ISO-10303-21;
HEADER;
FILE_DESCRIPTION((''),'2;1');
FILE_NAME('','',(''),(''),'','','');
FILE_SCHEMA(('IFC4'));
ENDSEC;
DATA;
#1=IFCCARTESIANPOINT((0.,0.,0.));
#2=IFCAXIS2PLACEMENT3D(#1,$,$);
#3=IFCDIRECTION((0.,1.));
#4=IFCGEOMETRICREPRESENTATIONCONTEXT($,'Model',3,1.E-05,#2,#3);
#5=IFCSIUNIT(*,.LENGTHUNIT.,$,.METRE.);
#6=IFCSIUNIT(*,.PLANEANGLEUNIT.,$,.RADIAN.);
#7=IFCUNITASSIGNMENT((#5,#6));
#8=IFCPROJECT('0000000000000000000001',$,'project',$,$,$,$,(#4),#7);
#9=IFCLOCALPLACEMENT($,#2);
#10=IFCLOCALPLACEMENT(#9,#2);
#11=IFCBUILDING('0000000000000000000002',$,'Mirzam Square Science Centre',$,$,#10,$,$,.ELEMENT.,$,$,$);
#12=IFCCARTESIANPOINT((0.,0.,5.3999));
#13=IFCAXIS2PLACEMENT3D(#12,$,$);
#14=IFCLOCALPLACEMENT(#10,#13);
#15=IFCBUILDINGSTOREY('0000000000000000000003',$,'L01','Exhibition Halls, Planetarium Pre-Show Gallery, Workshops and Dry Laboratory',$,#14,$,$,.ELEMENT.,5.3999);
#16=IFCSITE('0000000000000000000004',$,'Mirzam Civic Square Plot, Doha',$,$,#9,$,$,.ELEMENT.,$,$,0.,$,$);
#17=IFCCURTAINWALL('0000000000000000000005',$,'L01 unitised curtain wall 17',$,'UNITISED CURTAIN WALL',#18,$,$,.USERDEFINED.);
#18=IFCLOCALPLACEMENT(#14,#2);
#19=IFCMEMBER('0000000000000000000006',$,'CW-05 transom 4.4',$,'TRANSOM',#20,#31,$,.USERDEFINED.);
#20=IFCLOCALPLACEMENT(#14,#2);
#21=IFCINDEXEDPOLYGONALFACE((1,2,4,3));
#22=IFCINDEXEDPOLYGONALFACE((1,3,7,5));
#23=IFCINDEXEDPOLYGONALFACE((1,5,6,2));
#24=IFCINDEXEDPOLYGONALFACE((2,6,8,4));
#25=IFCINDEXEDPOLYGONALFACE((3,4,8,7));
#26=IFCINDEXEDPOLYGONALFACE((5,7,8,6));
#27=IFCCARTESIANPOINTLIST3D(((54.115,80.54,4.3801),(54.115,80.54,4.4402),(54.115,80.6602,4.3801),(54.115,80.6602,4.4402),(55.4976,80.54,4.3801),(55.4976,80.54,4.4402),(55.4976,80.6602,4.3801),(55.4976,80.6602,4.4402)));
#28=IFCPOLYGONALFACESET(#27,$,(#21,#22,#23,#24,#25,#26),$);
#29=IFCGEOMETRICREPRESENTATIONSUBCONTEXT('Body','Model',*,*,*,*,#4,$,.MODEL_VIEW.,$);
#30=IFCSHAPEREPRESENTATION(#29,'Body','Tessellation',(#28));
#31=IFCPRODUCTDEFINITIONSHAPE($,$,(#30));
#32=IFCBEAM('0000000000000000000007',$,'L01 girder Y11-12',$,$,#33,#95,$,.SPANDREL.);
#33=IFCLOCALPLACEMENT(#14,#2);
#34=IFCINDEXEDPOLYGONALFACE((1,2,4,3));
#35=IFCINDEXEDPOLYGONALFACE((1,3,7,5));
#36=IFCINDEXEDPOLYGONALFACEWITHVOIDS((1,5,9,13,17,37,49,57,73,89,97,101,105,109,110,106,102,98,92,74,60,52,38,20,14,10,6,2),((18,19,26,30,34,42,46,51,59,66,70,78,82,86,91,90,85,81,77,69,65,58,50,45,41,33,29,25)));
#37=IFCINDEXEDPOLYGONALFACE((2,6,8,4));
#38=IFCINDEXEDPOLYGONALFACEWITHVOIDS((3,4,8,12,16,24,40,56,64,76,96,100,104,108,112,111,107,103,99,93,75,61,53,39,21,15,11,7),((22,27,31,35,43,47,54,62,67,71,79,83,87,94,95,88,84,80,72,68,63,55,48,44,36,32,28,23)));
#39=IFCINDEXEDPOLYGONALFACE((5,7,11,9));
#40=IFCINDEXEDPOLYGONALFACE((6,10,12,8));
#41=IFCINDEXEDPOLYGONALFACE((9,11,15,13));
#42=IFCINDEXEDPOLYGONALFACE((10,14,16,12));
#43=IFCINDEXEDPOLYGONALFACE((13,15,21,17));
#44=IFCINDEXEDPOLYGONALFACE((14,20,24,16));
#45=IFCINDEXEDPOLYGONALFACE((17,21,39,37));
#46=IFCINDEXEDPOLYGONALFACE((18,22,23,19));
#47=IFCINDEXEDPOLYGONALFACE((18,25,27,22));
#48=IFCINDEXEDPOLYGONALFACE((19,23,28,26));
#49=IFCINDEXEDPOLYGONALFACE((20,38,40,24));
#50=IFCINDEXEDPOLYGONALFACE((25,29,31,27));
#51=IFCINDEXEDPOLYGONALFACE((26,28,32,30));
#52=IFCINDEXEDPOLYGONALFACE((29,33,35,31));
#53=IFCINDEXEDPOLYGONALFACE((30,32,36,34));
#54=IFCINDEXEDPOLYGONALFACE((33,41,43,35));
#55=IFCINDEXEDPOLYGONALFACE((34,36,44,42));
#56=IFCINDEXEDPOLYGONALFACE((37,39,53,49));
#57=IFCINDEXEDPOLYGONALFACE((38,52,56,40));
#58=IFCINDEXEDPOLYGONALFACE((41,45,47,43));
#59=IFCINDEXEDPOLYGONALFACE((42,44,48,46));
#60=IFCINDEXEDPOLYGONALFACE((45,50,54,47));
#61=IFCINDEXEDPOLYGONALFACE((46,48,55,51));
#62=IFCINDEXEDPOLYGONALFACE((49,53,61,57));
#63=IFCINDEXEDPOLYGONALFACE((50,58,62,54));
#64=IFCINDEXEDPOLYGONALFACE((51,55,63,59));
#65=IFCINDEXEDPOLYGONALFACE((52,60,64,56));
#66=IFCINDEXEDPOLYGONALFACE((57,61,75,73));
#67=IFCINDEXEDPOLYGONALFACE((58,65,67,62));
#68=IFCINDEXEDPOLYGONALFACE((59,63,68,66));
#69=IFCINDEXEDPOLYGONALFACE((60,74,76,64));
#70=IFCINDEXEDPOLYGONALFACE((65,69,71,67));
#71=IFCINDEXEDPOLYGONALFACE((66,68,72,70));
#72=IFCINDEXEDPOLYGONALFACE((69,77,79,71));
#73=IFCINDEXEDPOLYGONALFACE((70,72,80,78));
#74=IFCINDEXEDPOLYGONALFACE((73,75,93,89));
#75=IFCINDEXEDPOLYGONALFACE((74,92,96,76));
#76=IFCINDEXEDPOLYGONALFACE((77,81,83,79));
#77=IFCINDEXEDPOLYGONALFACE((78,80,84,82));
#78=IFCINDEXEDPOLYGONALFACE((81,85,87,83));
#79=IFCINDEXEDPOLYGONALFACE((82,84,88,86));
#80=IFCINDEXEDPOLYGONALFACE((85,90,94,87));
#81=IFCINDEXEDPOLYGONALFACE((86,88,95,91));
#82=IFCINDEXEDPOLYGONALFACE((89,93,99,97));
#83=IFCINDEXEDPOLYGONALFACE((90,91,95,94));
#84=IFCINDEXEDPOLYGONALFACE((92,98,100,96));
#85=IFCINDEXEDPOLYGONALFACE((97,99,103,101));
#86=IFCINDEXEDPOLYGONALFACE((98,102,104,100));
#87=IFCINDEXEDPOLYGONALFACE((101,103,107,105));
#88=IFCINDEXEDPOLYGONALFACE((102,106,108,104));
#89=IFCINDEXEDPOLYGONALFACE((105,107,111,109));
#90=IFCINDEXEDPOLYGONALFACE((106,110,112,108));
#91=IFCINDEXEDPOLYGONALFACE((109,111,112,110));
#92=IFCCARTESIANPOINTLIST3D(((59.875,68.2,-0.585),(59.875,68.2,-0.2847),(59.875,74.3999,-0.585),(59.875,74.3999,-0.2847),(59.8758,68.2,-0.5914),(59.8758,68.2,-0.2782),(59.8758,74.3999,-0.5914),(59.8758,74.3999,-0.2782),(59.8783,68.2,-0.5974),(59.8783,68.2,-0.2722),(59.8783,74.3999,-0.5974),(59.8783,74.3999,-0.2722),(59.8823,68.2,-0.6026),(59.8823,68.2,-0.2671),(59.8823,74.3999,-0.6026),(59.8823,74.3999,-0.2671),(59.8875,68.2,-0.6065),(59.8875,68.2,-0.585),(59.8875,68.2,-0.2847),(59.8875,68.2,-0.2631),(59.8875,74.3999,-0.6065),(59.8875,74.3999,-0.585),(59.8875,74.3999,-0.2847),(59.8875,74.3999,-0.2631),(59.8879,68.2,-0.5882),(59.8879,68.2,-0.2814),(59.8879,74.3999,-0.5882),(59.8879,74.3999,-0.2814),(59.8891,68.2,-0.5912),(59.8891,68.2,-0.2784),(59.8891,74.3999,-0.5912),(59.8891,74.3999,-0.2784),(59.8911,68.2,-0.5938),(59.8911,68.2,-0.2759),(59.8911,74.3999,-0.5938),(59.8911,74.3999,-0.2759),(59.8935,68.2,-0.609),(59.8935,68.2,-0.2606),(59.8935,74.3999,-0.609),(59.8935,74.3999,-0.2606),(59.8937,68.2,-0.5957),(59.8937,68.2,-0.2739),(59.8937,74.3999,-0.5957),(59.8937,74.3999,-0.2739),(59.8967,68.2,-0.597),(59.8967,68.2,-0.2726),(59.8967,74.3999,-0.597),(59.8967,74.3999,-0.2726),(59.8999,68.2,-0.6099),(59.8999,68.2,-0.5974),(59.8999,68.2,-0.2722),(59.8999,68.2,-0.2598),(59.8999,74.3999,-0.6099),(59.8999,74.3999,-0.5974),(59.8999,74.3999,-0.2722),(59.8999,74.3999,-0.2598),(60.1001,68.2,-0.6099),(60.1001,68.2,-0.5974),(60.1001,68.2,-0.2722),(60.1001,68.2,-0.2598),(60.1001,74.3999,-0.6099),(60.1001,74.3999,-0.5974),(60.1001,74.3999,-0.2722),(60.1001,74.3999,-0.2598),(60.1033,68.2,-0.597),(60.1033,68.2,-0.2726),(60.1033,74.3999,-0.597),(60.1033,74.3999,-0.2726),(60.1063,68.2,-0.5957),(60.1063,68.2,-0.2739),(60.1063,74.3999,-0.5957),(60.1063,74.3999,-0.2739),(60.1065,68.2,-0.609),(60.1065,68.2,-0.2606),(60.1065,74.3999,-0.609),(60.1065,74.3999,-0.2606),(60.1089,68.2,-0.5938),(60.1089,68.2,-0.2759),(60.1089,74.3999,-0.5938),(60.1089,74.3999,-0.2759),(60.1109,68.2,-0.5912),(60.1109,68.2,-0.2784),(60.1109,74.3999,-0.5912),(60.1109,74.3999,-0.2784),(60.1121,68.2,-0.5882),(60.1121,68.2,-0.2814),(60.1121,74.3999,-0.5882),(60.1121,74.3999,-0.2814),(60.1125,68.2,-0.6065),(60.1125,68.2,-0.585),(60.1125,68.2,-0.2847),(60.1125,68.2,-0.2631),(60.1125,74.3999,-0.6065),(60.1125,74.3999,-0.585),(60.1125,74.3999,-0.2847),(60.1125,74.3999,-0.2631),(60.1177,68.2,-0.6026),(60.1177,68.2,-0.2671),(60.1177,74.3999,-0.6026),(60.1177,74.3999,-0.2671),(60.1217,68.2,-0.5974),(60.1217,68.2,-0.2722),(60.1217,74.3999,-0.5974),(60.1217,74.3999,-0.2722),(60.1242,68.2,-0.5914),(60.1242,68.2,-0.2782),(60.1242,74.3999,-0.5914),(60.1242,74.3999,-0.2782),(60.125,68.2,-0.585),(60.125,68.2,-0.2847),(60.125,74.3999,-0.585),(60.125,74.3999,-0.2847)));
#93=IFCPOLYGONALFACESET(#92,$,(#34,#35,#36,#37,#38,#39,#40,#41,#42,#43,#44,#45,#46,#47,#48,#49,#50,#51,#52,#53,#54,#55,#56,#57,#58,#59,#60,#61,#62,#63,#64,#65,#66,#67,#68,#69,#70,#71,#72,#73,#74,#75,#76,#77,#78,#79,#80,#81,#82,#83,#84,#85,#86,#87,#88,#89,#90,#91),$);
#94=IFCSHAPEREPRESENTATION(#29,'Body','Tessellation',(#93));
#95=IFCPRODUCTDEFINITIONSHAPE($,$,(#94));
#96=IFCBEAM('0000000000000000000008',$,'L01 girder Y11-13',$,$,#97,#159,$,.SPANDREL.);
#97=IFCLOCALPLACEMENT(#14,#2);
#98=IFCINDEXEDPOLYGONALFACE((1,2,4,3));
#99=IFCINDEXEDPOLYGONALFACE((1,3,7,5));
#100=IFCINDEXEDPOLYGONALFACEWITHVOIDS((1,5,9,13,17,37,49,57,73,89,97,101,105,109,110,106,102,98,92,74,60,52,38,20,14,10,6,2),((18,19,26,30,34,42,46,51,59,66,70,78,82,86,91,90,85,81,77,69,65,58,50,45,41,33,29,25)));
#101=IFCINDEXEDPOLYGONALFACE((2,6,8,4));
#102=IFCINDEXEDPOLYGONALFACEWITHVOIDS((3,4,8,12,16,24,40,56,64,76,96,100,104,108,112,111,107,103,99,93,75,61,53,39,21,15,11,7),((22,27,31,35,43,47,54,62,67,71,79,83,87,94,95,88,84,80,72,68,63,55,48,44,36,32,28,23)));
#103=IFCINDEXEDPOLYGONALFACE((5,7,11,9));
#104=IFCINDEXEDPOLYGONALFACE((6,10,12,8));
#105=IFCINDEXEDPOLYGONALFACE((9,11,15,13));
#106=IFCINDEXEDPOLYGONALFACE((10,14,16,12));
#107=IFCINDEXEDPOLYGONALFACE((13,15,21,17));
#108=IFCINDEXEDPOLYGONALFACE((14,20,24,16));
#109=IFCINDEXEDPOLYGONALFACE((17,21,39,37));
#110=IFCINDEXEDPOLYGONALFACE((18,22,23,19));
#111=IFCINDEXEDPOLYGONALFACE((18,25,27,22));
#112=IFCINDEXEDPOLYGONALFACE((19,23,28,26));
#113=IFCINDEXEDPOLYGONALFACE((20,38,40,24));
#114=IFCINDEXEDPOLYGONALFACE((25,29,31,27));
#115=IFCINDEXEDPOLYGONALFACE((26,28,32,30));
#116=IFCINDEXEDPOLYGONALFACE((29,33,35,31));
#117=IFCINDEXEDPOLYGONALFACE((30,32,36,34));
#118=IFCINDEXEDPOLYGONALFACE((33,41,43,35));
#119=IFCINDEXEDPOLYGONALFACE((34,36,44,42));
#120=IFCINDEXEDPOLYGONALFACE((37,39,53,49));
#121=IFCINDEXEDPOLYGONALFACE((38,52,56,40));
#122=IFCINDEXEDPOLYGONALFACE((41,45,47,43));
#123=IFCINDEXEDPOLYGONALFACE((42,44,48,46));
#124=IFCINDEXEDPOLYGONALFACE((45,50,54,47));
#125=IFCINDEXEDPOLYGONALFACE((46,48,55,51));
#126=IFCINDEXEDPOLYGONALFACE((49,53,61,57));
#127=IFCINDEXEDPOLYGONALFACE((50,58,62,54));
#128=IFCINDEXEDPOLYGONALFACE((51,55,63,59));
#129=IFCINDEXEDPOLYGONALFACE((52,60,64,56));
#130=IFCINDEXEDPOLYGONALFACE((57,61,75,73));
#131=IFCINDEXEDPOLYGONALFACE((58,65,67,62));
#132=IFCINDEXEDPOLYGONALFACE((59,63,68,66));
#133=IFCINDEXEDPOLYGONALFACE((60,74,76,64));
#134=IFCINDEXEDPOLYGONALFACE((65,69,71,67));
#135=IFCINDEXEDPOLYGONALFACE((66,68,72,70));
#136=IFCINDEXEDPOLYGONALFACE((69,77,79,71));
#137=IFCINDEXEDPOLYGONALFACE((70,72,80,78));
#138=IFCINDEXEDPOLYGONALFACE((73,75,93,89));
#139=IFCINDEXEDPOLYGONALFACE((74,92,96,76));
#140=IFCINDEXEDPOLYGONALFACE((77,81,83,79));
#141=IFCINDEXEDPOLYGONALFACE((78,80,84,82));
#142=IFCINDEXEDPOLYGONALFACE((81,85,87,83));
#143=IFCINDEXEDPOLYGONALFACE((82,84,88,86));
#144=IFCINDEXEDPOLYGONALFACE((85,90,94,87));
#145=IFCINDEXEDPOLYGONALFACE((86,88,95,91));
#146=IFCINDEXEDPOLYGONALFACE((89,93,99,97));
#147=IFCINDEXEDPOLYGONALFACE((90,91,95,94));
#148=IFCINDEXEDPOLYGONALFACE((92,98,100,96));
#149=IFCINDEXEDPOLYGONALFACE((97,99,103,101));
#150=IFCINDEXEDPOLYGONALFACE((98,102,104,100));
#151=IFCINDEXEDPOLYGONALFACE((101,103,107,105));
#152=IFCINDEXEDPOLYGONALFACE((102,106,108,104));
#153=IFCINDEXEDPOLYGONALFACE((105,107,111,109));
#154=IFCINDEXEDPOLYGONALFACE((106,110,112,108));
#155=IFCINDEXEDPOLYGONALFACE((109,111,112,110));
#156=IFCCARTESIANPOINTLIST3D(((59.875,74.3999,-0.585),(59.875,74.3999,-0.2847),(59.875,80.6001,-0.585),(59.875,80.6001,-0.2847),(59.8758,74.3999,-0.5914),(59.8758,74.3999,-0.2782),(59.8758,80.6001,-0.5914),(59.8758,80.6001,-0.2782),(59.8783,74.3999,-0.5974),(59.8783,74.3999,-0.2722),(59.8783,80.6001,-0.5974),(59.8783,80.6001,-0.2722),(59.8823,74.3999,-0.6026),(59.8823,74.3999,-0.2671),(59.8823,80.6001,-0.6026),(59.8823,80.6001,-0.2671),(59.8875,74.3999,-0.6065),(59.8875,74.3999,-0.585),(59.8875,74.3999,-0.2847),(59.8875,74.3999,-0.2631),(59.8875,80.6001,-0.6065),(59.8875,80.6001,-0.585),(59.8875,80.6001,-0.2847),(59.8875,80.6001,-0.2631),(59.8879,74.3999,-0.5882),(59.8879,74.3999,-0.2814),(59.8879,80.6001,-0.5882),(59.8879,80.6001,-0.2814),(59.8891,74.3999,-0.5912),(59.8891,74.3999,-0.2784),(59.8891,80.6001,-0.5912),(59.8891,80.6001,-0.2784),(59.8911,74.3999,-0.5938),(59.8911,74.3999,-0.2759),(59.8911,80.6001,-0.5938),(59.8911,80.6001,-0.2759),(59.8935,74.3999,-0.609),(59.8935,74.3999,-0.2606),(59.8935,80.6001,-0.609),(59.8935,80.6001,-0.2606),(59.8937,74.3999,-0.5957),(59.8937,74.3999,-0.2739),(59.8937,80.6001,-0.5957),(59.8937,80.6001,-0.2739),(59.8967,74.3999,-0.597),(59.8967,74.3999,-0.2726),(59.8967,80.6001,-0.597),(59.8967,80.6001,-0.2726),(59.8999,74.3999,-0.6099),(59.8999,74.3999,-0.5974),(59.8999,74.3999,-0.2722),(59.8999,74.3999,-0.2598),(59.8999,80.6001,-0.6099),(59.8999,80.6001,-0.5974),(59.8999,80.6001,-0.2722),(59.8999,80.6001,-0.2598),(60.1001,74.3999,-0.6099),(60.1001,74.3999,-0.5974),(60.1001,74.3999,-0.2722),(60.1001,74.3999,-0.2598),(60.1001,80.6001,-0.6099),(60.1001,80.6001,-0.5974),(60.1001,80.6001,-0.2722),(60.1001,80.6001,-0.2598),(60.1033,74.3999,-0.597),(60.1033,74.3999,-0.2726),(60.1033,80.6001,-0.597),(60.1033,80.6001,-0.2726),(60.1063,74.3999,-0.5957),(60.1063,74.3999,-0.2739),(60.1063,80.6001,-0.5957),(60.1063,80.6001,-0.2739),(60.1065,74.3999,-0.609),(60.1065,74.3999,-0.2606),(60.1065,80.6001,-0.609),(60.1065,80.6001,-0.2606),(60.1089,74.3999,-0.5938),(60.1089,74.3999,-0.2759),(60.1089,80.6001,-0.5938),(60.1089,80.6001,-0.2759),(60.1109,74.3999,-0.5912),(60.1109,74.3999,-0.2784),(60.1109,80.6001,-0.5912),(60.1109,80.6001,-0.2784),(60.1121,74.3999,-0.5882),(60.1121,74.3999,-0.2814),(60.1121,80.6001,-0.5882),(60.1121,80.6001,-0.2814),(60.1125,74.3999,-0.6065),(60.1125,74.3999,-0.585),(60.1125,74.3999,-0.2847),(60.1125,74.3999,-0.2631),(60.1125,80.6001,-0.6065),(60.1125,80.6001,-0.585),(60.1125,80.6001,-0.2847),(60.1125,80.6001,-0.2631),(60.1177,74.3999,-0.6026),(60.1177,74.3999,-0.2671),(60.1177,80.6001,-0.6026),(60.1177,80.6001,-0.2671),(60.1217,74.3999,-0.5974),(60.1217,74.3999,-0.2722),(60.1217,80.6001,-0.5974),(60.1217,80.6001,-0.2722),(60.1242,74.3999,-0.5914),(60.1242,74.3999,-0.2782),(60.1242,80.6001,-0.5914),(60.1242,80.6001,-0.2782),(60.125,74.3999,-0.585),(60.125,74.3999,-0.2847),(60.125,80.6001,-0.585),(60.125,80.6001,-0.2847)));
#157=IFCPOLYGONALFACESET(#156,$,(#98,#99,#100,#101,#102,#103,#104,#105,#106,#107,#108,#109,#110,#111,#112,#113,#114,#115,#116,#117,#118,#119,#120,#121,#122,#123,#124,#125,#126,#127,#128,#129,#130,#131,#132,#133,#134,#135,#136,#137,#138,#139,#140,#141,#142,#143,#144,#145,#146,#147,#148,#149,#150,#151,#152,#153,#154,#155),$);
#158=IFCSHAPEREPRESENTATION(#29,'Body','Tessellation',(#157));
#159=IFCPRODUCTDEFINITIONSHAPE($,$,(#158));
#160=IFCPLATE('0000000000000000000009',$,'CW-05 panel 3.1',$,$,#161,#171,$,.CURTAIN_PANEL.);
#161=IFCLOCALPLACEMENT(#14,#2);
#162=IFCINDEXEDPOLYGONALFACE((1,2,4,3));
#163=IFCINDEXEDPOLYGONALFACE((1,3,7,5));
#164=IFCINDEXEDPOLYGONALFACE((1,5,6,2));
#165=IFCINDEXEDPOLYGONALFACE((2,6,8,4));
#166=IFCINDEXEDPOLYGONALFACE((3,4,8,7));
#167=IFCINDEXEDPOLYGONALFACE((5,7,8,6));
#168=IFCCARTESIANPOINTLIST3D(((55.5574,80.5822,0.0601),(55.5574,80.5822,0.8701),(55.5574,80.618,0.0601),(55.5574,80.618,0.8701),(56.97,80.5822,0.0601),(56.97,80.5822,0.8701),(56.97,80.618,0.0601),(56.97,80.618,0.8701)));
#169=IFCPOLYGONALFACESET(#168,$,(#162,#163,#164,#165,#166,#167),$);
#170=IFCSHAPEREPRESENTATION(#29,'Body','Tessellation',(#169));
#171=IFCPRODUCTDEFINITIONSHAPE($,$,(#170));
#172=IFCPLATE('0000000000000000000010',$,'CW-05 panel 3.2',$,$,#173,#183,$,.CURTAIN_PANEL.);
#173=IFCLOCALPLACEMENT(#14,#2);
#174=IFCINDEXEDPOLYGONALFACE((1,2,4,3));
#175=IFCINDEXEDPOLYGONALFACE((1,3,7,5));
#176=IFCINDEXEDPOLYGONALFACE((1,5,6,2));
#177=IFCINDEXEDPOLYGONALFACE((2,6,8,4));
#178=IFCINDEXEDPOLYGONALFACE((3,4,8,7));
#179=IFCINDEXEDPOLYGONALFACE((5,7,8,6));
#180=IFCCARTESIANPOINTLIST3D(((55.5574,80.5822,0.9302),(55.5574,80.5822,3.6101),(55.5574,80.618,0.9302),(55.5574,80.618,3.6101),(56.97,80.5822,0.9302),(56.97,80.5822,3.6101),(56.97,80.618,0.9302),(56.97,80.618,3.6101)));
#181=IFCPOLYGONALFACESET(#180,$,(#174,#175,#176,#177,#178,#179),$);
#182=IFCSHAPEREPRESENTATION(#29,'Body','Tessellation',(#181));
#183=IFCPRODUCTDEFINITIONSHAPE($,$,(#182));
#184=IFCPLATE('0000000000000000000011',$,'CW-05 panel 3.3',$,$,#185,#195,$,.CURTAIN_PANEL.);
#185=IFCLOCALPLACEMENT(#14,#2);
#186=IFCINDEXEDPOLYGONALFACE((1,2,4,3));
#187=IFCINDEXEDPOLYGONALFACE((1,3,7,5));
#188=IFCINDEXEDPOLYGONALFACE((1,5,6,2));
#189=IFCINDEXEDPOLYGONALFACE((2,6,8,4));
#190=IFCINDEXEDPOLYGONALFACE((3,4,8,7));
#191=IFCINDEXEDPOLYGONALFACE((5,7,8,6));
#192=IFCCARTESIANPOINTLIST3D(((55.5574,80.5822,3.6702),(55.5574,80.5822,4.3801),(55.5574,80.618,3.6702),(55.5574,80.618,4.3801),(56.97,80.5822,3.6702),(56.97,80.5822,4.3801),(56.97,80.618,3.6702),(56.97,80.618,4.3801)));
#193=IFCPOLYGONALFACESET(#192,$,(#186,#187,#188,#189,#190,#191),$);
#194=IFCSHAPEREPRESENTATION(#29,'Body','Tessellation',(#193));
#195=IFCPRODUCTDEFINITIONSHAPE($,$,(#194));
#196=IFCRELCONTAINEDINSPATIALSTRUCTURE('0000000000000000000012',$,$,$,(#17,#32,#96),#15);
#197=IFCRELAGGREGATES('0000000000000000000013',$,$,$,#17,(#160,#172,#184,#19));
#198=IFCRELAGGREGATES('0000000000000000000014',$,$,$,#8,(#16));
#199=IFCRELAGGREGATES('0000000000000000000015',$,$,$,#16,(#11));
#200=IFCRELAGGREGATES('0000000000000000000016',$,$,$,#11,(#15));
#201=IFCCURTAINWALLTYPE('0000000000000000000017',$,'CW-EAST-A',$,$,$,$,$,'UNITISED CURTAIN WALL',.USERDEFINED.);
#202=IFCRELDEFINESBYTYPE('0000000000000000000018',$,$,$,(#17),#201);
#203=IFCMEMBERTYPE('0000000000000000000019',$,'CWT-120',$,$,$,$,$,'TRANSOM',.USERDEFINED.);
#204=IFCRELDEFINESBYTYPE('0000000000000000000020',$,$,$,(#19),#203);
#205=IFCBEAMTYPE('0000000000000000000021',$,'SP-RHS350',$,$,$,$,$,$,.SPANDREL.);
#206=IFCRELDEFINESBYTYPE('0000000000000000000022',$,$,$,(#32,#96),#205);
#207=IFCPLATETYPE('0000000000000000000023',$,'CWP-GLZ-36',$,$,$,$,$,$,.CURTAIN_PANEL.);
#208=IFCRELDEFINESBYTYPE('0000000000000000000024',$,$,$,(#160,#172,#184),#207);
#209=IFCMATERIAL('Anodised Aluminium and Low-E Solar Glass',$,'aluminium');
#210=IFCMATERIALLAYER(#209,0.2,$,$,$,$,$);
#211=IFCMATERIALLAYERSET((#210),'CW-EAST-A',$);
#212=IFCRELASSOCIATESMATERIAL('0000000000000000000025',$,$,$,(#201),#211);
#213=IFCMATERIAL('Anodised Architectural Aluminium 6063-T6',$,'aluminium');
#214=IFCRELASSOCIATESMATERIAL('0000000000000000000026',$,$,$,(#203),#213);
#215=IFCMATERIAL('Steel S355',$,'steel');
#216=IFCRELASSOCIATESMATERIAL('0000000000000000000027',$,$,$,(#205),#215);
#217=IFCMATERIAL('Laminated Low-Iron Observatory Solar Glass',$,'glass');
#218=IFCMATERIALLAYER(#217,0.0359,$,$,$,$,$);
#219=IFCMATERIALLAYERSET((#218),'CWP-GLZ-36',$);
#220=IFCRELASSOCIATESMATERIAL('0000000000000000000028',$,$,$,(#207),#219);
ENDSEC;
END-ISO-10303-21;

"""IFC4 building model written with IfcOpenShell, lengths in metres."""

from ifc_helpers import new_model, si_unit, direction, frame, origin, origin_2d, place, context, subcontext, project, spatial, rectangle, hollow_rectangle, extrude, material, layer, layer_set, material_profile, profile_set, type_object, element, aggregate, save


model = new_model("IFC4")

# Units and contexts
model_context = context("Model", 3, precision=1e-05, world=origin(), true_north=direction((0.0, 1.0)))
body_context = subcontext(model_context, "Body", "Model", "MODEL_VIEW")
ifc_project = project(units=[si_unit("LENGTHUNIT", "METRE"), si_unit("PLANEANGLEUNIT", "RADIAN")], contexts=[model_context])

# Site, building, storey
site_placement = place(None, origin())
site = spatial("IfcSite", under=ifc_project, at=site_placement, Name="Mirzam Civic Square Plot, Doha", CompositionType="ELEMENT", RefElevation=0.0)
building_placement = place(site_placement, origin())
building = spatial("IfcBuilding", under=site, at=building_placement, Name="Mirzam Square Science Centre", CompositionType="ELEMENT")
storey_placement = place(building_placement, frame((0.0, 0.0, 5.3999)))
storey = spatial("IfcBuildingStorey", under=building, at=storey_placement, Name="L01", Description="Exhibition Halls, Planetarium Pre-Show Gallery, Workshops and Dry Laboratory", CompositionType="ELEMENT", Elevation=5.3999)

# Shared definitions
ifc_material_1 = material(Name="Steel S355", Category="steel")

# Curtain wall, member
ifc_material_2 = material(Name="Anodised Aluminium and Low-E Solar Glass", Category="aluminium")
ifc_layer_1 = layer(ifc_material_2, 0.2)
ifc_layer_set_1 = layer_set([ifc_layer_1], Name="CW-EAST-A")
curtain_wall_type = type_object("IfcCurtainWallType", Name="CW-EAST-A", ElementType="UNITISED CURTAIN WALL", PredefinedType="USERDEFINED", material=ifc_layer_set_1)
curtain_wall_placement = place(storey_placement, origin())
curtain_wall = element("IfcCurtainWall", 1, at=curtain_wall_placement, inside=storey, type_object=curtain_wall_type, Name="L01 unitised curtain wall 17", ObjectType="UNITISED CURTAIN WALL", PredefinedType="USERDEFINED")
ifc_material_3 = material(Name="Anodised Architectural Aluminium 6063-T6", Category="aluminium")
ifc_material_profile_1 = material_profile(ifc_material_3, rectangle(XDim=0.1201, YDim=0.0601, at=origin_2d()), Name="ALU-TRAN-120x60x4")
ifc_profile_set_1 = profile_set([ifc_material_profile_1], Name="Anodised Architectural Aluminium 6063-T6")
member_type_1 = type_object("IfcMemberType", Name="CWT-120", ElementType="TRANSOM", PredefinedType="USERDEFINED", material=ifc_profile_set_1)
member_1_placement = place(storey_placement, frame((55.4976, 80.6001, 4.4102), z_axis=(-1.0, 0.0, 0.0), x_axis=(0.0, -1.0, 0.0)))
member_1 = element("IfcMember", 2, at=member_1_placement, type_object=member_type_1, Name="CW-05 transom 4.4", ObjectType="TRANSOM", PredefinedType="USERDEFINED", context=body_context, shape_type="SweptSolid", body=[
    extrude(rectangle(XDim=0.1201, YDim=0.0601, at=origin_2d()), origin(), (0.0, 0.0, 1.0), 1.3826),
])

# Beams
ifc_material_profile_2 = material_profile(ifc_material_1, hollow_rectangle(XDim=0.25, YDim=0.3501, WallThickness=0.0125, InnerFilletRadius=0.0125, OuterFilletRadius=0.0249, at=origin_2d()), Name="350x250x12.5RHS")
ifc_profile_set_2 = profile_set([ifc_material_profile_2], Name="Steel S355")
beam_type = type_object("IfcBeamType", Name="SP-RHS350", PredefinedType="SPANDREL", material=ifc_profile_set_2)
beam_1_placement = place(storey_placement, frame((60.0, 68.2, -0.4348), z_axis=(0.0, 1.0, 0.0), x_axis=(-1.0, 0.0, 0.0)))
element("IfcBeam", 3, at=beam_1_placement, inside=storey, type_object=beam_type, Name="L01 girder Y11-12", PredefinedType="SPANDREL", context=body_context, shape_type="SweptSolid", body=[
    extrude(hollow_rectangle(XDim=0.25, YDim=0.3501, WallThickness=0.0125, InnerFilletRadius=0.0125, OuterFilletRadius=0.0249, at=origin_2d()), origin(), (0.0, 0.0, 1.0), 6.2),
])
beam_2_placement = place(storey_placement, frame((60.0, 74.3999, -0.4348), z_axis=(0.0, 1.0, 0.0), x_axis=(-1.0, 0.0, 0.0)))
element("IfcBeam", 4, at=beam_2_placement, inside=storey, type_object=beam_type, Name="L01 girder Y11-13", PredefinedType="SPANDREL", context=body_context, shape_type="SweptSolid", body=[
    extrude(hollow_rectangle(XDim=0.25, YDim=0.3501, WallThickness=0.0125, InnerFilletRadius=0.0125, OuterFilletRadius=0.0249, at=origin_2d()), origin(), (0.0, 0.0, 1.0), 6.2002),
])

# Plates
ifc_material_4 = material(Name="Laminated Low-Iron Observatory Solar Glass", Category="glass")
ifc_layer_2 = layer(ifc_material_4, 0.0359)
ifc_layer_set_2 = layer_set([ifc_layer_2], Name="CWP-GLZ-36")
plate_type = type_object("IfcPlateType", Name="CWP-GLZ-36", PredefinedType="CURTAIN_PANEL", material=ifc_layer_set_2)
plate_1_placement = place(storey_placement, frame((56.2637, 80.6001, 0.0601), z_axis=(0.0, 0.0, 1.0), x_axis=(-1.0, 0.0, 0.0)))
plate_1 = element("IfcPlate", 5, at=plate_1_placement, type_object=plate_type, Name="CW-05 panel 3.1", PredefinedType="CURTAIN_PANEL", context=body_context, shape_type="SweptSolid", body=[
    extrude(rectangle(XDim=1.4126, YDim=0.0359, at=origin_2d()), origin(), (0.0, 0.0, 1.0), 0.8101),
])
plate_2_placement = place(storey_placement, frame((56.2637, 80.6001, 0.9302), z_axis=(0.0, 0.0, 1.0), x_axis=(-1.0, 0.0, 0.0)))
plate_2 = element("IfcPlate", 6, at=plate_2_placement, type_object=plate_type, Name="CW-05 panel 3.2", PredefinedType="CURTAIN_PANEL", context=body_context, shape_type="SweptSolid", body=[
    extrude(rectangle(XDim=1.4126, YDim=0.0359, at=origin_2d()), origin(), (0.0, 0.0, 1.0), 2.6799),
])
plate_3_placement = place(storey_placement, frame((56.2637, 80.6001, 3.6702), z_axis=(0.0, 0.0, 1.0), x_axis=(-1.0, 0.0, 0.0)))
plate_3 = element("IfcPlate", 7, at=plate_3_placement, type_object=plate_type, Name="CW-05 panel 3.3", PredefinedType="CURTAIN_PANEL", context=body_context, shape_type="SweptSolid", body=[
    extrude(rectangle(XDim=1.4126, YDim=0.0359, at=origin_2d()), origin(), (0.0, 0.0, 1.0), 0.71),
])
aggregate(curtain_wall, [plate_1, plate_2, plate_3, member_1])

save(model, "model.ifc")
